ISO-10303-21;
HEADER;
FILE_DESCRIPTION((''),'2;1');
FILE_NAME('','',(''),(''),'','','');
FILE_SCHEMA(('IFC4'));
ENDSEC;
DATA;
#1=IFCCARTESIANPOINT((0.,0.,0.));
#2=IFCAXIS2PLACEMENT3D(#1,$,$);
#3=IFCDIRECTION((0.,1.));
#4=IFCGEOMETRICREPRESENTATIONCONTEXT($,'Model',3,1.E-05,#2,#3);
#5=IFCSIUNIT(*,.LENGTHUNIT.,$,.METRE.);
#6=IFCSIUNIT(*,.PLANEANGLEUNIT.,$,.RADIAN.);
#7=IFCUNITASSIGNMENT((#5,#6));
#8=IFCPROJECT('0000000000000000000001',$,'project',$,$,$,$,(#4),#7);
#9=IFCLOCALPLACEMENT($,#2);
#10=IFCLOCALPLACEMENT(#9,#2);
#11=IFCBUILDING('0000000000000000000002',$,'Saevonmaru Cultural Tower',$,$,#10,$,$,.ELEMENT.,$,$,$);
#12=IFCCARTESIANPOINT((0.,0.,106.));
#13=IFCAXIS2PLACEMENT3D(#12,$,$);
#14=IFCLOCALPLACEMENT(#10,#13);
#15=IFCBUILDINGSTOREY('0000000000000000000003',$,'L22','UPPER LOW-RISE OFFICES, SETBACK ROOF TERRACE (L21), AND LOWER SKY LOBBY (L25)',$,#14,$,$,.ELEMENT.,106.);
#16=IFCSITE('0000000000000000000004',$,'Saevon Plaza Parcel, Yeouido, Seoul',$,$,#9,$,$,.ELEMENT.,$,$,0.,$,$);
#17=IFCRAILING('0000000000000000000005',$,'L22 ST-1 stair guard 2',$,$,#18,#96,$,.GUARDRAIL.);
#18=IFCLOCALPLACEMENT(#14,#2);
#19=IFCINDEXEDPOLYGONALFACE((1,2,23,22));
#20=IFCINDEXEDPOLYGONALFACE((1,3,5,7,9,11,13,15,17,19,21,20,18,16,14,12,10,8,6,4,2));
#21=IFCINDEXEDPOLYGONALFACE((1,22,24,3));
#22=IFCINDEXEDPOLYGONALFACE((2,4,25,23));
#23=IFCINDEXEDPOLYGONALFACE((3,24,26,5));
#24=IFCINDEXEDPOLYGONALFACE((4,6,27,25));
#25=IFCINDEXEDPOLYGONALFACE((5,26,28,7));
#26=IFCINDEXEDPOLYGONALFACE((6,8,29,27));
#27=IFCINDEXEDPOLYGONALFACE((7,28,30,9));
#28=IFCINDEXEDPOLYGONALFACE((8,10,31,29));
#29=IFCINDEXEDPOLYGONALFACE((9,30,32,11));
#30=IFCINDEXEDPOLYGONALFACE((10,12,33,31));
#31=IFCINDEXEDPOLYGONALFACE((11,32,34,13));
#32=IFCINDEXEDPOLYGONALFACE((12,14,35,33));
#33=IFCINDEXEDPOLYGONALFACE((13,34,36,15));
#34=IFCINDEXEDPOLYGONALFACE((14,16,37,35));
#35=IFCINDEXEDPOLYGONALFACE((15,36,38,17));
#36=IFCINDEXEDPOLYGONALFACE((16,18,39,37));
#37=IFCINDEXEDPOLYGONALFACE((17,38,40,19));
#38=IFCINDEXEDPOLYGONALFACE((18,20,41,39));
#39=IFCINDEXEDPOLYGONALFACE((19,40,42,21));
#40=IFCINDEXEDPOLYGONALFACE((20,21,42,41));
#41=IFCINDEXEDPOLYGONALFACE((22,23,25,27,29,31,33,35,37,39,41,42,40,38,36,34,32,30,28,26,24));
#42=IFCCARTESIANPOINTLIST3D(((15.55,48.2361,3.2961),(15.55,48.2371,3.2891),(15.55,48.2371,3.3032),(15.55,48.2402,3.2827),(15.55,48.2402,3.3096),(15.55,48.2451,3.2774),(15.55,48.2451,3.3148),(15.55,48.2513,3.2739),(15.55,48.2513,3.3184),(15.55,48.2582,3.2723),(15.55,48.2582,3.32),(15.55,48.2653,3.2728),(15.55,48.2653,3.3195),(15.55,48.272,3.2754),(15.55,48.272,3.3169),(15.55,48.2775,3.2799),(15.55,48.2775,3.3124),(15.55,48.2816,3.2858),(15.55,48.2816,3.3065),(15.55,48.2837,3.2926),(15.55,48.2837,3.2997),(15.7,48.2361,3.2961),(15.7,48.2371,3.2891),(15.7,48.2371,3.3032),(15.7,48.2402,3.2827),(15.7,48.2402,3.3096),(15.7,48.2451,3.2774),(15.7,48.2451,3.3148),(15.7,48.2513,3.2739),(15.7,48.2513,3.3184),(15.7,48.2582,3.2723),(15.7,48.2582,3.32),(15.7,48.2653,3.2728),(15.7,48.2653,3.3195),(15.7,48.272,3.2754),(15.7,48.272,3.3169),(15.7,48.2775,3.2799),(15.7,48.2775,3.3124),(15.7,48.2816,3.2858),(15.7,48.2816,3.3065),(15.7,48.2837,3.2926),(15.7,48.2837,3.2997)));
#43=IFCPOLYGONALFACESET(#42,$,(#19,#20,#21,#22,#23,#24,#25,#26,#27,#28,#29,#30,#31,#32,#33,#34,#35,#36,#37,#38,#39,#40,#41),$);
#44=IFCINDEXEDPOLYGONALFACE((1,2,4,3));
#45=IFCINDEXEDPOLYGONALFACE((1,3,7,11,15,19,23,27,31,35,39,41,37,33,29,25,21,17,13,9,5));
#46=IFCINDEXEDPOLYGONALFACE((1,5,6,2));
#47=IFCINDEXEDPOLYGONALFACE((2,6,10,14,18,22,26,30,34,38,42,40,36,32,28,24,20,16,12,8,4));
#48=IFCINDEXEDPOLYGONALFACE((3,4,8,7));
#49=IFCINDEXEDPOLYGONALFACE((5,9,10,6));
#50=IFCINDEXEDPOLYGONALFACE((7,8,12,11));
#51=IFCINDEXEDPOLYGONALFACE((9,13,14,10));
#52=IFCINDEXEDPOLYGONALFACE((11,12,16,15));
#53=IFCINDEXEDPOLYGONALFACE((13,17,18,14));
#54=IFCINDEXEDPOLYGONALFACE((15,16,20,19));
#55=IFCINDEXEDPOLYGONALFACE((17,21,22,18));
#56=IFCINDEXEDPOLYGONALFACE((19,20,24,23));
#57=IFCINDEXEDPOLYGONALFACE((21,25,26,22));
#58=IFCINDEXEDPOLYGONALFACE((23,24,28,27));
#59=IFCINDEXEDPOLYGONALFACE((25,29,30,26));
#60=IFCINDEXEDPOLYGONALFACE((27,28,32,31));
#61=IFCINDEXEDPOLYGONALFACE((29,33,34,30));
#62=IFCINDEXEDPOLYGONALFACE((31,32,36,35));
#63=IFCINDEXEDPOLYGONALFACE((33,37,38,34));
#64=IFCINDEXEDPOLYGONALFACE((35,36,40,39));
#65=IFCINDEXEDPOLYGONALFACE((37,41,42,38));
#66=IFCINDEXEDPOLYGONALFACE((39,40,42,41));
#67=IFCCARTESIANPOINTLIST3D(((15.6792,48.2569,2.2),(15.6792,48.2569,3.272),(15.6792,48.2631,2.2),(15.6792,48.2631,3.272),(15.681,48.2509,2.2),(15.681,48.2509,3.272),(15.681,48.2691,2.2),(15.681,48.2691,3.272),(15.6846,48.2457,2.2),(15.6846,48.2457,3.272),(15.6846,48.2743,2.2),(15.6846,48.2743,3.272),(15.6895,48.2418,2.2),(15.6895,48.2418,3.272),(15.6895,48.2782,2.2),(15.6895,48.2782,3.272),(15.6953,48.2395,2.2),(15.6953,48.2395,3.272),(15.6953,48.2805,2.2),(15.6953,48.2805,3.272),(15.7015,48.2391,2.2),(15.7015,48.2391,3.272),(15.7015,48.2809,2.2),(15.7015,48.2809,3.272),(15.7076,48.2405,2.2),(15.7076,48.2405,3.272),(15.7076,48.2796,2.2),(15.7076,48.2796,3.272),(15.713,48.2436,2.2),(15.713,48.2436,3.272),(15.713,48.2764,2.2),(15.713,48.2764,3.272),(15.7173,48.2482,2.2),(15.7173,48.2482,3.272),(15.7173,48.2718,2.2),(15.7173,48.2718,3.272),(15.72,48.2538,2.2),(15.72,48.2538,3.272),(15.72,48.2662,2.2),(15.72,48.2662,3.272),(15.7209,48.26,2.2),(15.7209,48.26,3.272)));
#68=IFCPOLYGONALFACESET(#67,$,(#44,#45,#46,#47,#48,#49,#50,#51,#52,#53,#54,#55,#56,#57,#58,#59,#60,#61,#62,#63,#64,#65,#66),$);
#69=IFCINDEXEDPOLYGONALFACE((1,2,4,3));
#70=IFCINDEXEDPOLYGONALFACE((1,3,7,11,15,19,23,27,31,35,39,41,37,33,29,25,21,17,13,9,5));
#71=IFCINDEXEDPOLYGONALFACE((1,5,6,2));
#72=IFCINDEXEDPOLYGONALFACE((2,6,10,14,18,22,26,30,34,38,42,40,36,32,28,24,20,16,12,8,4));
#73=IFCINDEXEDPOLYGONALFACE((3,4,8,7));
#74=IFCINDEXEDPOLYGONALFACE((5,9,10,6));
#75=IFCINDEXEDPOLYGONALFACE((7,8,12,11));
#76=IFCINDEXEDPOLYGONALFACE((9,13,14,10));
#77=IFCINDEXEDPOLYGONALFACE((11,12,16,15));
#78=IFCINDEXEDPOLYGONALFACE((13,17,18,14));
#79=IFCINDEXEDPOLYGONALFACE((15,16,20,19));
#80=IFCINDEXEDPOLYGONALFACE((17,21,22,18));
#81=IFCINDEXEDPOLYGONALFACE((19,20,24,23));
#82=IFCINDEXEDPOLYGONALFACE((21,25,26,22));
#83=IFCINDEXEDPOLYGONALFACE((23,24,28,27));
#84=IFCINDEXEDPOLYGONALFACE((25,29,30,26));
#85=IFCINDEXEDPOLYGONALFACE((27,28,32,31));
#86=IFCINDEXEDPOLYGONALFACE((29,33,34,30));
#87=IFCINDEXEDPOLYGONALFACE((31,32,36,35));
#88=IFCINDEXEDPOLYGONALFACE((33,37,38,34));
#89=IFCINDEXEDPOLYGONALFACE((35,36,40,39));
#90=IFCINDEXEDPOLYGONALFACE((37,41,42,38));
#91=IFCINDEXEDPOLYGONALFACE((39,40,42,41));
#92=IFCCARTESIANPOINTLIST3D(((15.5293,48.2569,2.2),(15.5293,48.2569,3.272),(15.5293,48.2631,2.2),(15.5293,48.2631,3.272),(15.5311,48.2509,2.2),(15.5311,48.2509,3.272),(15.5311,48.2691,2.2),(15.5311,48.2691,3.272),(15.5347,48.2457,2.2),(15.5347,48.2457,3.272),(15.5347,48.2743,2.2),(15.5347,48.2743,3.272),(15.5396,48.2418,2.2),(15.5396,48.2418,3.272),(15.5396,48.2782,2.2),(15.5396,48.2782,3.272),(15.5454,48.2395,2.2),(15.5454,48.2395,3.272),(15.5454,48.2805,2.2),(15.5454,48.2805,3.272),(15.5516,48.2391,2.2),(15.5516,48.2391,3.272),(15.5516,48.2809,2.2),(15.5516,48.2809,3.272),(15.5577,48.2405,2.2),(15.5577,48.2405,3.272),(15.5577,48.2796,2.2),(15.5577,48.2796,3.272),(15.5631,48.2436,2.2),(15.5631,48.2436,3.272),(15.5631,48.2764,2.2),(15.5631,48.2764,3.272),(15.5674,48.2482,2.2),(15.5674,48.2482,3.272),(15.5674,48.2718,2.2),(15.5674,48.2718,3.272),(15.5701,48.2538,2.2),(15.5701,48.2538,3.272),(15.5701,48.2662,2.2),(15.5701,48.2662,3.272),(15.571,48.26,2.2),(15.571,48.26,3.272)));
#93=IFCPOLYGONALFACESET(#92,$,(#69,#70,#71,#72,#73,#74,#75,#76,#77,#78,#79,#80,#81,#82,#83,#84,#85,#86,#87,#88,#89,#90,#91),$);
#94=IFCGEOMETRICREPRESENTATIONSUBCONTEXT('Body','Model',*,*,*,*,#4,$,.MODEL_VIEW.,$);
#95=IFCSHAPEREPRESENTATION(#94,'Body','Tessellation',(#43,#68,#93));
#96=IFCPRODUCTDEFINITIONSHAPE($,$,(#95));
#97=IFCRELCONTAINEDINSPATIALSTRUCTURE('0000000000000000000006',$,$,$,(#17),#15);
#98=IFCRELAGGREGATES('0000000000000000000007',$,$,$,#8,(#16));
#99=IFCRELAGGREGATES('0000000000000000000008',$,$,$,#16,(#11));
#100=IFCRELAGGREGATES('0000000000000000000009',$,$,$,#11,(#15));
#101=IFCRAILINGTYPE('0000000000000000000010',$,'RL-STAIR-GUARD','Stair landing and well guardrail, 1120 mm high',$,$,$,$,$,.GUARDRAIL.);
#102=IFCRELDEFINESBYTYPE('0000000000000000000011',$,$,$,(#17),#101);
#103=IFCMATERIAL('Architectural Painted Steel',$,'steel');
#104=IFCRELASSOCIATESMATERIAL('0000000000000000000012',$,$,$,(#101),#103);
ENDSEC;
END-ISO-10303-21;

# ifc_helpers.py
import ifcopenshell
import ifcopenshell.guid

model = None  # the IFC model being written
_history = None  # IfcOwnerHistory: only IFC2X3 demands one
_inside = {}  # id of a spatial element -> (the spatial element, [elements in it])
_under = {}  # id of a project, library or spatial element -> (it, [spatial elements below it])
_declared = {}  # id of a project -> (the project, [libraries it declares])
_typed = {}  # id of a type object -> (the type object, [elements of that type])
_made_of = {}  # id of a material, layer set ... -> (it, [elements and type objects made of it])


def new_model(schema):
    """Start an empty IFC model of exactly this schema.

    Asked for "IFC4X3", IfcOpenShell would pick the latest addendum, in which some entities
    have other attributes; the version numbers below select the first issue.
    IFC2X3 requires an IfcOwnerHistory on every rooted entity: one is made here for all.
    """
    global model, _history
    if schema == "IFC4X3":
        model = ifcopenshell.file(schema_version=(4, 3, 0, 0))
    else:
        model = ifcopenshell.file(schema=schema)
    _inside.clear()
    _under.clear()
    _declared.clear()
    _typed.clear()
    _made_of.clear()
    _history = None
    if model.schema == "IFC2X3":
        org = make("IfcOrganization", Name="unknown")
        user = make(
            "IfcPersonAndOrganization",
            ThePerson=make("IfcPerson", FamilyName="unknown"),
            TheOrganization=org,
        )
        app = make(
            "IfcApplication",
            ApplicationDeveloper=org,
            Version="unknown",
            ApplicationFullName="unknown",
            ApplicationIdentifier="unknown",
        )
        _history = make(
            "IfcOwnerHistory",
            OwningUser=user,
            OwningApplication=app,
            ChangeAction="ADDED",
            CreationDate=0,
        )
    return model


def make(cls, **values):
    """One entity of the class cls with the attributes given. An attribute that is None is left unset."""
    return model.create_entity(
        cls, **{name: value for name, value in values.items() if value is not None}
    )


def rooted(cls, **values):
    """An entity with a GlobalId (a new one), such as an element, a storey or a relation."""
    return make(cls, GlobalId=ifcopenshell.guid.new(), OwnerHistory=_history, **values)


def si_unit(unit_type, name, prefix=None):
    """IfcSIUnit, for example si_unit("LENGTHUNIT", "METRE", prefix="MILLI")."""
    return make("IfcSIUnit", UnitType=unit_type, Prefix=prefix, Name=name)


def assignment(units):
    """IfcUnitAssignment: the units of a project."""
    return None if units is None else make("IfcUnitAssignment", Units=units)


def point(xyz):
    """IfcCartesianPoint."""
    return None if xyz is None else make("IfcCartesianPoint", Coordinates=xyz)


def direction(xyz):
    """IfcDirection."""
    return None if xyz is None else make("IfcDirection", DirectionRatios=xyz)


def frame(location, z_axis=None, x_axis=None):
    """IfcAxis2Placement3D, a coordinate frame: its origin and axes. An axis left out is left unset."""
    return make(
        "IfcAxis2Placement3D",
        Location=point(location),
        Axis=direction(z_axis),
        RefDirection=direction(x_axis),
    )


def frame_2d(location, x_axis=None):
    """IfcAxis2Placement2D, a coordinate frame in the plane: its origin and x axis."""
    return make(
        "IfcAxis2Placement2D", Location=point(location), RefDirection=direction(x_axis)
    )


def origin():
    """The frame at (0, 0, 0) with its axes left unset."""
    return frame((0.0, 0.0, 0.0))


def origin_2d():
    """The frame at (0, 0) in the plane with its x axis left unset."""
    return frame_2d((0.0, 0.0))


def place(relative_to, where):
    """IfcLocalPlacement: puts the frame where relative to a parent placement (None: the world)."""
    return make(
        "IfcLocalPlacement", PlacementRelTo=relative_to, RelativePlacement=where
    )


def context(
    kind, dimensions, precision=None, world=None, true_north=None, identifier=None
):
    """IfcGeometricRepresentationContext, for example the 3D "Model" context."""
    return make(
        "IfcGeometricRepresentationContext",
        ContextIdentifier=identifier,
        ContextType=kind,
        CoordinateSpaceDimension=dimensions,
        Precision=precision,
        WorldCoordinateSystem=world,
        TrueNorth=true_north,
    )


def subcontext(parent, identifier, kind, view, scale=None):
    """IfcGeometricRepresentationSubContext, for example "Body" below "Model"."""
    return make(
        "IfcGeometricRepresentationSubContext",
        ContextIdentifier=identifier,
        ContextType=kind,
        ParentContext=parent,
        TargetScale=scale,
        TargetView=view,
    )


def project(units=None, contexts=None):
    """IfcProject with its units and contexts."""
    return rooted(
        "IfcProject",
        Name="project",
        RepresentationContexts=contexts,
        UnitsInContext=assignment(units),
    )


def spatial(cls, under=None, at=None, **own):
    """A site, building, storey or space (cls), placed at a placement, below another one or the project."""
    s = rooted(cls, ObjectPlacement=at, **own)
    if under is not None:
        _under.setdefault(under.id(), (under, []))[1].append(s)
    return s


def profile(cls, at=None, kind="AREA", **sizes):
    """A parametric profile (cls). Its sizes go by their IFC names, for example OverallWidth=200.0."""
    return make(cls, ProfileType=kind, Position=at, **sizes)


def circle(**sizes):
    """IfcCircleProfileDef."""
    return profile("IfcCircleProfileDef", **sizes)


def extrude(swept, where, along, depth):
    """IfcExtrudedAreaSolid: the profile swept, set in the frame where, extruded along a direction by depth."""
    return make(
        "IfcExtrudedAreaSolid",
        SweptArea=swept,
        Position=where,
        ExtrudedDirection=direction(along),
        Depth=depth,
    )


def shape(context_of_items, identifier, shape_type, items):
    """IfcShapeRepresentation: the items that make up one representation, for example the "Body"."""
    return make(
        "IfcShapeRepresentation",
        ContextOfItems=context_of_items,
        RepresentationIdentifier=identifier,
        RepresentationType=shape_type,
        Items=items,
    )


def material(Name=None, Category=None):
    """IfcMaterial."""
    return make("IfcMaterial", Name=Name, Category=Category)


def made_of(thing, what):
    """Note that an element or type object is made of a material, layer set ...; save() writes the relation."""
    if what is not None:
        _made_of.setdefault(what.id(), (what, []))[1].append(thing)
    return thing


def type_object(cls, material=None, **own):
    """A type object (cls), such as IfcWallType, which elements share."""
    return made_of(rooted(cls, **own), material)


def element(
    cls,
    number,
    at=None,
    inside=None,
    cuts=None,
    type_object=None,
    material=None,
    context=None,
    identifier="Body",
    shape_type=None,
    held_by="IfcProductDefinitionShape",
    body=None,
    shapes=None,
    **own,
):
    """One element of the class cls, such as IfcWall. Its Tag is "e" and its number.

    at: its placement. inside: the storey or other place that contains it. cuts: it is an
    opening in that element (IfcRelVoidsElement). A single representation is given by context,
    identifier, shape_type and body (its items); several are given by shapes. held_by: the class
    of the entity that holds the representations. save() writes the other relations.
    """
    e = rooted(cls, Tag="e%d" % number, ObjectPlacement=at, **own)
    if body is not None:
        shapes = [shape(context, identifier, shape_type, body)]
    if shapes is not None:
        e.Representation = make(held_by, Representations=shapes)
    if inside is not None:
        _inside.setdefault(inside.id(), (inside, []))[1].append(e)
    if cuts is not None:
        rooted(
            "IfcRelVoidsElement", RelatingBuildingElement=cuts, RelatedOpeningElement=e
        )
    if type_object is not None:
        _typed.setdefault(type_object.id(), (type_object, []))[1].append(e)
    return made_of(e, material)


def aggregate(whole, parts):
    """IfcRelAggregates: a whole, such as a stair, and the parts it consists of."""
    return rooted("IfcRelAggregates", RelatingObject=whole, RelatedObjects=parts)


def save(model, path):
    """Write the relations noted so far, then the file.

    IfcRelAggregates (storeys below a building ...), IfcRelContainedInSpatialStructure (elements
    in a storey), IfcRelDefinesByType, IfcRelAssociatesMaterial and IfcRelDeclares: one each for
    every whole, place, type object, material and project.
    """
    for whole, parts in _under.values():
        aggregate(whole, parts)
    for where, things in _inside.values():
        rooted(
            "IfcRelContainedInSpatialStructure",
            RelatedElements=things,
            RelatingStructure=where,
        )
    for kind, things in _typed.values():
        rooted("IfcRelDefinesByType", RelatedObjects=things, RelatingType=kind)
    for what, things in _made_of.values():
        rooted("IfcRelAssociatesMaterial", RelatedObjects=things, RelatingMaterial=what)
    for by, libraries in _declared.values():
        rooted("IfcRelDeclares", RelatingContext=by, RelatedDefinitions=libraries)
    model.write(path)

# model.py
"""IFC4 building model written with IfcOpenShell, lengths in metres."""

from ifc_helpers import new_model, si_unit, direction, frame, origin, origin_2d, place, context, subcontext, project, spatial, circle, extrude, material, type_object, element, save


model = new_model("IFC4")

# Units and contexts
model_context = context("Model", 3, precision=1e-05, world=origin(), true_north=direction((0.0, 1.0)))
body_context = subcontext(model_context, "Body", "Model", "MODEL_VIEW")
ifc_project = project(units=[si_unit("LENGTHUNIT", "METRE"), si_unit("PLANEANGLEUNIT", "RADIAN")], contexts=[model_context])

# Site, building, storey
site_placement = place(None, origin())
site = spatial("IfcSite", under=ifc_project, at=site_placement, Name="Saevon Plaza Parcel, Yeouido, Seoul", CompositionType="ELEMENT", RefElevation=0.0)
building_placement = place(site_placement, origin())
building = spatial("IfcBuilding", under=site, at=building_placement, Name="Saevonmaru Cultural Tower", CompositionType="ELEMENT")
storey_placement = place(building_placement, frame((0.0, 0.0, 106.0)))
storey = spatial("IfcBuildingStorey", under=building, at=storey_placement, Name="L22", Description="UPPER LOW-RISE OFFICES, SETBACK ROOF TERRACE (L21), AND LOWER SKY LOBBY (L25)", CompositionType="ELEMENT", Elevation=106.0)

# Railing
ifc_material_1 = material(Name="Architectural Painted Steel", Category="steel")
railing_type_1 = type_object("IfcRailingType", Name="RL-STAIR-GUARD", Description="Stair landing and well guardrail, 1120 mm high", PredefinedType="GUARDRAIL", material=ifc_material_1)
railing_1_placement = place(storey_placement, frame((15.7, 48.26, 2.2)))
element("IfcRailing", 1, at=railing_1_placement, inside=storey, type_object=railing_type_1, Name="L22 ST-1 stair guard 2", PredefinedType="GUARDRAIL", context=body_context, shape_type="SweptSolid", body=[
    extrude(circle(Radius=0.0239, at=origin_2d()), frame((0.0, 0.0, 1.0962), z_axis=(-1.0, 0.0, 0.0), x_axis=(0.0, -1.0, 0.0)), (0.0, 0.0, 1.0), 0.1499),
    extrude(circle(Radius=0.021, at=origin_2d()), origin(), (0.0, 0.0, 1.0), 1.072),
    extrude(circle(Radius=0.021, at=origin_2d()), frame((-0.1499, 0.0, 0.0)), (0.0, 0.0, 1.0), 1.072),
])

save(model, "model.ifc")
